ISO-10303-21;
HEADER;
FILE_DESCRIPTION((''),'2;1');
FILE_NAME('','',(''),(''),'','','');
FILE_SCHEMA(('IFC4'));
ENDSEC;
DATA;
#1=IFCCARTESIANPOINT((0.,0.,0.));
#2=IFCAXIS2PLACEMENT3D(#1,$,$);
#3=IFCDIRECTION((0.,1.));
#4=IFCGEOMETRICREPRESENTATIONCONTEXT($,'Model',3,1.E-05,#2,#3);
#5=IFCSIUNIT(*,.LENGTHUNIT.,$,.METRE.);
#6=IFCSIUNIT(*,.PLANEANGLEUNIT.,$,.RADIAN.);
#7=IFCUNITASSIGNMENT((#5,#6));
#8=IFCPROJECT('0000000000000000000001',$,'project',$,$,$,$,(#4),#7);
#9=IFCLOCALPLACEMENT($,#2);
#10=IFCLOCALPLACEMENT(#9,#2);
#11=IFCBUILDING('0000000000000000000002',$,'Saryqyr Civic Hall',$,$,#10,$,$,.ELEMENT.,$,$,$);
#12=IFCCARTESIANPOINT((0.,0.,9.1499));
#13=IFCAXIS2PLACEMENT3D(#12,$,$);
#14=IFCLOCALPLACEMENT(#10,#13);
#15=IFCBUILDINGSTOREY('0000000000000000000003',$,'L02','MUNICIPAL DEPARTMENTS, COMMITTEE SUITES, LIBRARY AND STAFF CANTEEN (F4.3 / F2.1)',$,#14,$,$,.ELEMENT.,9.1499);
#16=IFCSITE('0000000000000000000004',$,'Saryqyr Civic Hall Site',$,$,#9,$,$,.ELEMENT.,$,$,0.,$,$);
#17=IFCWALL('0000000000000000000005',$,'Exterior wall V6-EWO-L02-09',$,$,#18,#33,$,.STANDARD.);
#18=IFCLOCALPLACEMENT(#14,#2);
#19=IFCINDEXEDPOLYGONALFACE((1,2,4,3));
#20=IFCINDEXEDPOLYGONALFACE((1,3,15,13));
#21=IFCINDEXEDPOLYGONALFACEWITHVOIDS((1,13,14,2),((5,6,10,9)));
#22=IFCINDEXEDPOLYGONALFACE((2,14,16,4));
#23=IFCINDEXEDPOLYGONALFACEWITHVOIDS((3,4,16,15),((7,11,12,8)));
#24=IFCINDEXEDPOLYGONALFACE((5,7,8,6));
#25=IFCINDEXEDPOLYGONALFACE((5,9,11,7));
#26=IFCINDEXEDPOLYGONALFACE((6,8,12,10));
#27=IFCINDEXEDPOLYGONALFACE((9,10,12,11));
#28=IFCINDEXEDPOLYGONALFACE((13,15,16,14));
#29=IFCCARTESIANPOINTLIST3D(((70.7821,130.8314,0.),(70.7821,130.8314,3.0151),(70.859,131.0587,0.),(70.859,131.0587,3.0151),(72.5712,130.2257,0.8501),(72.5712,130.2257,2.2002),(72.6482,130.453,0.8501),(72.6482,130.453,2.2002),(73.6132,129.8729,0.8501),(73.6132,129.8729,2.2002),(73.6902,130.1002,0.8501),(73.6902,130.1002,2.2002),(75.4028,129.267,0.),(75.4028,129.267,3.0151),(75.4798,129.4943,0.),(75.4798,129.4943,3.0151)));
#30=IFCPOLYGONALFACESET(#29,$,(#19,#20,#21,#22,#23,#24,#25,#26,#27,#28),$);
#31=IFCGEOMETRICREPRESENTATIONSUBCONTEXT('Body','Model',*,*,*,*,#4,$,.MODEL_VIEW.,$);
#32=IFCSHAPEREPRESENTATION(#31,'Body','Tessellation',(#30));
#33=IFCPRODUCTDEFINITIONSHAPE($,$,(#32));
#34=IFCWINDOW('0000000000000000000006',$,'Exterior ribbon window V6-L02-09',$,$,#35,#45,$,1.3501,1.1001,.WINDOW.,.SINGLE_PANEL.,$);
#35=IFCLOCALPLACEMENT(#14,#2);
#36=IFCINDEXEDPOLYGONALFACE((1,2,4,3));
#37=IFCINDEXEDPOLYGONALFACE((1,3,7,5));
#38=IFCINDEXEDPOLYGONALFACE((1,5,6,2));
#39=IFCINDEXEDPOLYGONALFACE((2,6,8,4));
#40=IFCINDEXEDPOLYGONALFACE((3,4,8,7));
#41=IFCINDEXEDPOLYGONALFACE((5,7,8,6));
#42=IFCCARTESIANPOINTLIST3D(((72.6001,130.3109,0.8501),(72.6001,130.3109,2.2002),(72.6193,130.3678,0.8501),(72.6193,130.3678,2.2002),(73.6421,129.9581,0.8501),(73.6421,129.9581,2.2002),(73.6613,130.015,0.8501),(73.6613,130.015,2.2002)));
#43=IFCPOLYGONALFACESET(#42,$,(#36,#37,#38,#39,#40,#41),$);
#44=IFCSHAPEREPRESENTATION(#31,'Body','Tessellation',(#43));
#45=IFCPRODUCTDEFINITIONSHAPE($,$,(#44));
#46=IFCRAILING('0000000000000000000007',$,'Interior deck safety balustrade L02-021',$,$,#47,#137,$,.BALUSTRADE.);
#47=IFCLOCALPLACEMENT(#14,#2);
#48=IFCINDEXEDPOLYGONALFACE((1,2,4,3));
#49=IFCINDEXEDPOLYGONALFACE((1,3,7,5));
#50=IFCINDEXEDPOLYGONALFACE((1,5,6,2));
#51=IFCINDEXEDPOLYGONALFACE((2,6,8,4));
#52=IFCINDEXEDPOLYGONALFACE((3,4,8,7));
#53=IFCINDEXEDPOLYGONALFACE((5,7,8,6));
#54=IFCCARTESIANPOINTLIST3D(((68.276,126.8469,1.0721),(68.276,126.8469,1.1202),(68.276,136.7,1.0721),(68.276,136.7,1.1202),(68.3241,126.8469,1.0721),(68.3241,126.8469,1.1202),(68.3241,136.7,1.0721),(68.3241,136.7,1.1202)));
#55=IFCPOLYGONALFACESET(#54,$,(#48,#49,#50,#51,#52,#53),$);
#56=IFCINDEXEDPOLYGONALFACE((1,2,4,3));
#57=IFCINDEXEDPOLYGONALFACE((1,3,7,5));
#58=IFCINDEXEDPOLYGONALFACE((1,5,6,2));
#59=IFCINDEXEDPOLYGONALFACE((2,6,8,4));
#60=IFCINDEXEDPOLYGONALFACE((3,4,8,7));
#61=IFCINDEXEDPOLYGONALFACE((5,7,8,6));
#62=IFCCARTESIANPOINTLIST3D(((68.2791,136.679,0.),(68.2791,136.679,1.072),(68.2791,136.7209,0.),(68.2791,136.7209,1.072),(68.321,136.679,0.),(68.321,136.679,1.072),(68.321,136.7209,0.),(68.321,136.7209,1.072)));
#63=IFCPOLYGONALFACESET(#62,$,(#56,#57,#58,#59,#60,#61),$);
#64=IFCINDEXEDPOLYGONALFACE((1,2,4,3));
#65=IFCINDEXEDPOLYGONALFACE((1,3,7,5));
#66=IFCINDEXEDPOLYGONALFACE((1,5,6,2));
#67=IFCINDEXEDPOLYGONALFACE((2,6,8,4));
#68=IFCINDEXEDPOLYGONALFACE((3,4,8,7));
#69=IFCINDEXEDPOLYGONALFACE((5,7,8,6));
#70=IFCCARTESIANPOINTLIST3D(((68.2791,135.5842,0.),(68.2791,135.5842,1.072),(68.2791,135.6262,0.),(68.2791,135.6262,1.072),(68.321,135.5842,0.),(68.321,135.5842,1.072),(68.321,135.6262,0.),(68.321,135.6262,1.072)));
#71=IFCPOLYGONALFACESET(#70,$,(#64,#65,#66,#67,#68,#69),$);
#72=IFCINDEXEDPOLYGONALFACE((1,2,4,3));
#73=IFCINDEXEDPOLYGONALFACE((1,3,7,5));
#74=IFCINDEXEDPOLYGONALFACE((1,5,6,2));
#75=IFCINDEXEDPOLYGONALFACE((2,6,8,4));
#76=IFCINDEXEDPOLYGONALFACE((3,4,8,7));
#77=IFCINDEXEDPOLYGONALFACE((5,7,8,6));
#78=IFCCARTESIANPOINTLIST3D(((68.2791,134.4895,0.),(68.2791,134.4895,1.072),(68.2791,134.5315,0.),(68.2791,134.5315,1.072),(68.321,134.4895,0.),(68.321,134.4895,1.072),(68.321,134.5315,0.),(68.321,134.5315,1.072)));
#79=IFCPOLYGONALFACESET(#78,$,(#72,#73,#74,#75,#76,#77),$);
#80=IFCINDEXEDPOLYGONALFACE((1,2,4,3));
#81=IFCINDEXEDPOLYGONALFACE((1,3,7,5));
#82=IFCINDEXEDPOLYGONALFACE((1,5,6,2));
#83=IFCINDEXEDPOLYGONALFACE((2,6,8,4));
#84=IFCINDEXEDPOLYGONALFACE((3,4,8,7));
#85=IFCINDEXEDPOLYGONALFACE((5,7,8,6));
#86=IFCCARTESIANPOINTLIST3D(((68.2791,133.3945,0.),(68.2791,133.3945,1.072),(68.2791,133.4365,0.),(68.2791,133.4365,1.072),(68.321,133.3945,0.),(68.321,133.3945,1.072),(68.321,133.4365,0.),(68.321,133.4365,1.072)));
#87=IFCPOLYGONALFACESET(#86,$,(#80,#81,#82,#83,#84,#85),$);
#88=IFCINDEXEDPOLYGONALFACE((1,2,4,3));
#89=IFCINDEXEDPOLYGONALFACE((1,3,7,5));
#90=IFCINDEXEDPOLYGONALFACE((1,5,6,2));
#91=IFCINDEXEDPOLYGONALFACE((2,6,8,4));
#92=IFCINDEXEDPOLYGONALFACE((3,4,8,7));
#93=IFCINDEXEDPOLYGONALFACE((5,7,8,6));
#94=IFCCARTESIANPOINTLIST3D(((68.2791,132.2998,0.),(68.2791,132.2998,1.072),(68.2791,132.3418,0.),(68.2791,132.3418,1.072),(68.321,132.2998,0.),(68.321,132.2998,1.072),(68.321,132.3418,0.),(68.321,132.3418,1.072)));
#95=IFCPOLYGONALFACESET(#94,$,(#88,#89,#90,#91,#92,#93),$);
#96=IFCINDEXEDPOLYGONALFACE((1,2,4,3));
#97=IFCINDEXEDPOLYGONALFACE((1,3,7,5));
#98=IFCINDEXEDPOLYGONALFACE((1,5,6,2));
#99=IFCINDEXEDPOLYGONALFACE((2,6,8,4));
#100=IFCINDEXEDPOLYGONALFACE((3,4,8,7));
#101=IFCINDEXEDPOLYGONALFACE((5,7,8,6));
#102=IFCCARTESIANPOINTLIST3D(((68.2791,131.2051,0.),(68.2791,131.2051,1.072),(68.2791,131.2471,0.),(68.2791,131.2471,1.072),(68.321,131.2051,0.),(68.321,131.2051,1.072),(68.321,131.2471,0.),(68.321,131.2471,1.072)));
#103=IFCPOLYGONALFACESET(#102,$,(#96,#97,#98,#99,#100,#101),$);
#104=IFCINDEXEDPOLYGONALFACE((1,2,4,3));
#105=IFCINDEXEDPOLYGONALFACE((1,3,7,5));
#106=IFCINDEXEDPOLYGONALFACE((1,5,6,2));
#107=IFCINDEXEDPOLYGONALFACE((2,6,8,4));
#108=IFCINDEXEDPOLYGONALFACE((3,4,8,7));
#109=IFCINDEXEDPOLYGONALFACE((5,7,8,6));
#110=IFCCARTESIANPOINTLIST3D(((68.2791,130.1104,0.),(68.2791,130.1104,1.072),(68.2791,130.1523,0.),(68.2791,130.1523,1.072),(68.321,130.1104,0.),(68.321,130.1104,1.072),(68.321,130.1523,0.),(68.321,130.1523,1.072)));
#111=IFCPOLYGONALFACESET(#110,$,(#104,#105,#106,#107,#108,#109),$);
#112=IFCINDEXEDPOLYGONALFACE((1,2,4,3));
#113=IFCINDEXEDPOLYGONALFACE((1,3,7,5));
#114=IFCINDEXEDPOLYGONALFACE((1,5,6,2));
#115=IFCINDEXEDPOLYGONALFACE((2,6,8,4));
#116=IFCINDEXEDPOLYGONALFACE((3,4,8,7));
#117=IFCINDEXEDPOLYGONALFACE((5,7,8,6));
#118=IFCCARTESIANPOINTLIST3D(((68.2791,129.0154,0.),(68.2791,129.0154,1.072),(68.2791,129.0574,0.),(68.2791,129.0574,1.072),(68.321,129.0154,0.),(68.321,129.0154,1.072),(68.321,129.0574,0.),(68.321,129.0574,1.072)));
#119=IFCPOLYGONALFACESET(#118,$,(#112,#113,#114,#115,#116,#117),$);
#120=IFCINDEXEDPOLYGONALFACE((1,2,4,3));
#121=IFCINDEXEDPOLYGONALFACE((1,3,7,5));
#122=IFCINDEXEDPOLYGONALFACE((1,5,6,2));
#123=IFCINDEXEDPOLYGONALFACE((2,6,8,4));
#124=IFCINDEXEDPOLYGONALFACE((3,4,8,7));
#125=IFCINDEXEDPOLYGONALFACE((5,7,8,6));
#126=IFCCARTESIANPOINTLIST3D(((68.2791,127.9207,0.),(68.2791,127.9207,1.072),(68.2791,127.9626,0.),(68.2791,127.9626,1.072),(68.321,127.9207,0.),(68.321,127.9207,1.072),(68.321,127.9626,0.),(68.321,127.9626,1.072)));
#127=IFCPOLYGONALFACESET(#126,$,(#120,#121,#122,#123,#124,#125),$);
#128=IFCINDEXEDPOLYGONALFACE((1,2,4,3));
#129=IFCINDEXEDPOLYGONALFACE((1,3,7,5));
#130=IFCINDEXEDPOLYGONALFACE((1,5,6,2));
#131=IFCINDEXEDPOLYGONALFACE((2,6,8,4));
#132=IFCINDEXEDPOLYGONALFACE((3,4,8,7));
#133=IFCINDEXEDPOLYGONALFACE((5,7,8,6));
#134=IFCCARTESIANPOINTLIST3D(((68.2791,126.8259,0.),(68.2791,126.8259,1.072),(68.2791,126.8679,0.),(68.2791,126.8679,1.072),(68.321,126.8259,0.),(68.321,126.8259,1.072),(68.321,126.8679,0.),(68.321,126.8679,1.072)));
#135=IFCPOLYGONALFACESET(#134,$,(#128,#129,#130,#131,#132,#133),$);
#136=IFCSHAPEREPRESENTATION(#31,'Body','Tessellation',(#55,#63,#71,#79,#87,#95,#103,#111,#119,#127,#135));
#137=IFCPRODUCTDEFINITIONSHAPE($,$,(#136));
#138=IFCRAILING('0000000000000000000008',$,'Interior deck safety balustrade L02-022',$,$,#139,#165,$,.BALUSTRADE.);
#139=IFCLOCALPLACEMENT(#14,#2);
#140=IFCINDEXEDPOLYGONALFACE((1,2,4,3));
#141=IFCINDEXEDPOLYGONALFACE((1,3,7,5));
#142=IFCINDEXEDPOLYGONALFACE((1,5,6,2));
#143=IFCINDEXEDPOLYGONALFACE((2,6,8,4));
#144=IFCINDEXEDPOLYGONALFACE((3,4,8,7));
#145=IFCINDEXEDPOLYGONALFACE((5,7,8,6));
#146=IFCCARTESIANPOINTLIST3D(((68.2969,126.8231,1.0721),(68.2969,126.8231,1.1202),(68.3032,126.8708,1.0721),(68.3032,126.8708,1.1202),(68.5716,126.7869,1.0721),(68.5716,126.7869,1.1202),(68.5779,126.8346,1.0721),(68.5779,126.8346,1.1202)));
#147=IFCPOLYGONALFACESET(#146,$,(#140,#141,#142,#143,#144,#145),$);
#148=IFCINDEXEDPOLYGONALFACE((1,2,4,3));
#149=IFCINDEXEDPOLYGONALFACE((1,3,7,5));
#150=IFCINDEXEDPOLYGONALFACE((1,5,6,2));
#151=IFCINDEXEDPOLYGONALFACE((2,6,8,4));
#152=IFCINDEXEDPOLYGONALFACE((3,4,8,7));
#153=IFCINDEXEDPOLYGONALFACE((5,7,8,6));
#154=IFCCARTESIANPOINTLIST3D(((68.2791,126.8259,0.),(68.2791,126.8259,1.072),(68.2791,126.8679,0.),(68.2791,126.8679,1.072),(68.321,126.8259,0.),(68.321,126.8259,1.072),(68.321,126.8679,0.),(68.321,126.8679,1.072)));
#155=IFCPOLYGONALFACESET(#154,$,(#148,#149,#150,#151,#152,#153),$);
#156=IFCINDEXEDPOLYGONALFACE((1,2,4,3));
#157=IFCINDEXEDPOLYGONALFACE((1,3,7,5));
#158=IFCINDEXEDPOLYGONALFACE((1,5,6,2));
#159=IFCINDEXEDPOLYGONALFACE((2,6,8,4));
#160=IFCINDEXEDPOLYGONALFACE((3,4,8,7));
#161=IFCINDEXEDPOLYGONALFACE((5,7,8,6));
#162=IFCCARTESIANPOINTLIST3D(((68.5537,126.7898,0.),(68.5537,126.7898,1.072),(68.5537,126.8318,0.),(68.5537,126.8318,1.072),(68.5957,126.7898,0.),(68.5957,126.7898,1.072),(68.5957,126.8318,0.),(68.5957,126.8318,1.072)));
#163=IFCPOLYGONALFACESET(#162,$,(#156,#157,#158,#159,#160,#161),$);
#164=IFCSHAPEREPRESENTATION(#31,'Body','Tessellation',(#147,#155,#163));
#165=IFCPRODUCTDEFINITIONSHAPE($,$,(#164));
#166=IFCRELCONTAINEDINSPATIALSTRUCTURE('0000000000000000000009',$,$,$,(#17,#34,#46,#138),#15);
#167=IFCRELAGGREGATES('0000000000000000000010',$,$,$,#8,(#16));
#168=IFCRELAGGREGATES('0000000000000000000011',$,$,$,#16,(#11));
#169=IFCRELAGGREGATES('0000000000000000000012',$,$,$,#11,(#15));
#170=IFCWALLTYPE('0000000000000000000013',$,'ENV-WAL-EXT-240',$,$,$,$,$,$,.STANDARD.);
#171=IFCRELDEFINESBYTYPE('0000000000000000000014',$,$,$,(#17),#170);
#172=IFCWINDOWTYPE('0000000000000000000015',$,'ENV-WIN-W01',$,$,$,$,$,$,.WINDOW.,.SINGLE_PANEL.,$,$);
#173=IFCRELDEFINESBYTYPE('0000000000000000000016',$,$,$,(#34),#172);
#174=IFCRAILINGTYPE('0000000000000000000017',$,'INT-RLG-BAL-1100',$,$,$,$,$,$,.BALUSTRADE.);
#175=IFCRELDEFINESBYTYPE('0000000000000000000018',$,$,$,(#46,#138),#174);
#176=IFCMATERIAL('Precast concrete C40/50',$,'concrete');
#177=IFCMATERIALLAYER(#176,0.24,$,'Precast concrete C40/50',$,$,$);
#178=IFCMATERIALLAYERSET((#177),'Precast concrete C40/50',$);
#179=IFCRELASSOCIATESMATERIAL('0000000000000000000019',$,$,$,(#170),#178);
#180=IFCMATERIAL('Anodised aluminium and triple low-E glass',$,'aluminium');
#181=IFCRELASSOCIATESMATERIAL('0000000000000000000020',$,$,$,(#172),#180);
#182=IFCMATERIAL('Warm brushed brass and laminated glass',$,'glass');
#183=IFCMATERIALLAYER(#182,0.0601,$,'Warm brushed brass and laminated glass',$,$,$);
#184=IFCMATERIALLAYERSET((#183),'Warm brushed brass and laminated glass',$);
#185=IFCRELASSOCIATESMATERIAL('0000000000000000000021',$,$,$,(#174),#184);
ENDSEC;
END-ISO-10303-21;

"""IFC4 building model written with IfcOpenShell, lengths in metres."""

from ifc_helpers import new_model, si_unit, direction, frame, frame_2d, origin, origin_2d, place, context, subcontext, project, spatial, rectangle, extrude, material, layer, layer_set, type_object, element, fill, save


model = new_model("IFC4")

# Units and contexts
model_context = context("Model", 3, precision=1e-05, world=origin(), true_north=direction((0.0, 1.0)))
body_context = subcontext(model_context, "Body", "Model", "MODEL_VIEW")
ifc_project = project(units=[si_unit("LENGTHUNIT", "METRE"), si_unit("PLANEANGLEUNIT", "RADIAN")], contexts=[model_context])

# Site, building, storey
site_placement = place(None, origin())
site = spatial("IfcSite", under=ifc_project, at=site_placement, Name="Saryqyr Civic Hall Site", CompositionType="ELEMENT", RefElevation=0.0)
building_placement = place(site_placement, origin())
building = spatial("IfcBuilding", under=site, at=building_placement, Name="Saryqyr Civic Hall", CompositionType="ELEMENT")
storey_placement = place(building_placement, frame((0.0, 0.0, 9.1499)))
storey = spatial("IfcBuildingStorey", under=building, at=storey_placement, Name="L02", Description="MUNICIPAL DEPARTMENTS, COMMITTEE SUITES, LIBRARY AND STAFF CANTEEN (F4.3 / F2.1)", CompositionType="ELEMENT", Elevation=9.1499)

# Shared definitions
ifc_material_1 = material(Name="Anodised aluminium and triple low-E glass", Category="aluminium")

# Wall, opening, window
ifc_material_2 = material(Name="Precast concrete C40/50", Category="concrete")
ifc_layer_1 = layer(ifc_material_2, 0.24, Name="Precast concrete C40/50")
ifc_layer_set_1 = layer_set([ifc_layer_1], Name="Precast concrete C40/50")
wall_type = type_object("IfcWallType", Name="ENV-WAL-EXT-240", PredefinedType="STANDARD", material=ifc_layer_set_1)
window_type = type_object("IfcWindowType", Name="ENV-WIN-W01", PartitioningType="SINGLE_PANEL", PredefinedType="WINDOW", material=ifc_material_1)
wall_1_placement = place(storey_placement, frame((70.8206, 130.9451, 0.0), z_axis=(0.0, 0.0, 1.0), x_axis=(0.947187, -0.320683, 0.0)))
wall_1 = element("IfcWall", 1, at=wall_1_placement, inside=storey, type_object=wall_type, Name="Exterior wall V6-EWO-L02-09", PredefinedType="STANDARD", context=body_context, shape_type="SweptSolid", body=[
    extrude(rectangle(XDim=4.8784, YDim=0.24, at=frame_2d((2.4392, 0.0))), origin(), (0.0, 0.0, 1.0), 3.0151),
])
opening_1_placement = place(wall_1_placement, frame((1.8889, 0.0, 0.8501)))
opening_1 = element("IfcOpeningElement", 2, at=opening_1_placement, cuts=wall_1, PredefinedType="OPENING", context=body_context, shape_type="SweptSolid", body=[
    extrude(rectangle(XDim=1.1001, YDim=1.3501, at=frame_2d((0.55, 0.675))), frame((0.0, 0.1299, 0.0), z_axis=(0.0, -1.0, 0.0), x_axis=(1.0, 0.0, 0.0)), (0.0, 0.0, 1.0), 0.26),
])
window_1_placement = place(opening_1_placement, origin())
window_1 = element("IfcWindow", 3, at=window_1_placement, inside=storey, type_object=window_type, Name="Exterior ribbon window V6-L02-09", OverallHeight=1.3501, OverallWidth=1.1001, PartitioningType="SINGLE_PANEL", PredefinedType="WINDOW", context=body_context, shape_type="SweptSolid", body=[
    extrude(rectangle(XDim=1.1001, YDim=1.3501, at=frame_2d((0.55, 0.675))), frame((0.0, 0.03, 0.0), z_axis=(0.0, -1.0, 0.0), x_axis=(1.0, 0.0, 0.0)), (0.0, 0.0, 1.0), 0.0601),
])
fill(opening_1, window_1)

# Railings
ifc_material_3 = material(Name="Warm brushed brass and laminated glass", Category="glass")
ifc_layer_2 = layer(ifc_material_3, 0.0601, Name="Warm brushed brass and laminated glass")
ifc_layer_set_2 = layer_set([ifc_layer_2], Name="Warm brushed brass and laminated glass")
railing_type = type_object("IfcRailingType", Name="INT-RLG-BAL-1100", PredefinedType="BALUSTRADE", material=ifc_layer_set_2)
railing_1_placement = place(storey_placement, frame((68.3, 136.7, 0.0)))
element("IfcRailing", 4, at=railing_1_placement, inside=storey, type_object=railing_type, Name="Interior deck safety balustrade L02-021", PredefinedType="BALUSTRADE", context=body_context, shape_type="SweptSolid", body=[
    extrude(rectangle(XDim=0.0481, YDim=0.0481, at=origin_2d()), frame((0.0, 0.0, 1.0962), z_axis=(0.0, -1.0, 0.0), x_axis=(1.0, 0.0, 0.0)), (0.0, 0.0, 1.0), 9.853),
    extrude(rectangle(XDim=0.042, YDim=0.042, at=origin_2d()), origin(), (0.0, 0.0, 1.0), 1.072),
    extrude(rectangle(XDim=0.042, YDim=0.042, at=origin_2d()), frame((0.0, -1.0947, 0.0)), (0.0, 0.0, 1.0), 1.072),
    extrude(rectangle(XDim=0.042, YDim=0.042, at=origin_2d()), frame((0.0, -2.1895, 0.0)), (0.0, 0.0, 1.0), 1.072),
    extrude(rectangle(XDim=0.042, YDim=0.042, at=origin_2d()), frame((0.0, -3.2844, 0.0)), (0.0, 0.0, 1.0), 1.072),
    extrude(rectangle(XDim=0.042, YDim=0.042, at=origin_2d()), frame((0.0, -4.3792, 0.0)), (0.0, 0.0, 1.0), 1.072),
    extrude(rectangle(XDim=0.042, YDim=0.042, at=origin_2d()), frame((0.0, -5.4739, 0.0)), (0.0, 0.0, 1.0), 1.072),
    extrude(rectangle(XDim=0.042, YDim=0.042, at=origin_2d()), frame((0.0, -6.5686, 0.0)), (0.0, 0.0, 1.0), 1.072),
    extrude(rectangle(XDim=0.042, YDim=0.042, at=origin_2d()), frame((0.0, -7.6636, 0.0)), (0.0, 0.0, 1.0), 1.072),
    extrude(rectangle(XDim=0.042, YDim=0.042, at=origin_2d()), frame((0.0, -8.7583, 0.0)), (0.0, 0.0, 1.0), 1.072),
    extrude(rectangle(XDim=0.042, YDim=0.042, at=origin_2d()), frame((0.0, -9.853, 0.0)), (0.0, 0.0, 1.0), 1.072),
])
railing_2_placement = place(storey_placement, frame((68.3, 126.8469, 0.0)))
element("IfcRailing", 5, at=railing_2_placement, inside=storey, type_object=railing_type, Name="Interior deck safety balustrade L02-022", PredefinedType="BALUSTRADE", context=body_context, shape_type="SweptSolid", body=[
    extrude(rectangle(XDim=0.0481, YDim=0.0481, at=origin_2d()), frame((0.0, 0.0, 1.0962), z_axis=(0.991457, -0.130432, 0.0), x_axis=(0.130432, 0.991457, 0.0)), (0.0, 0.0, 1.0), 0.2771),
    extrude(rectangle(XDim=0.042, YDim=0.042, at=origin_2d()), origin(), (0.0, 0.0, 1.0), 1.072),
    extrude(rectangle(XDim=0.042, YDim=0.042, at=origin_2d()), frame((0.2747, -0.0361, 0.0)), (0.0, 0.0, 1.0), 1.072),
])

save(model, "model.ifc")
